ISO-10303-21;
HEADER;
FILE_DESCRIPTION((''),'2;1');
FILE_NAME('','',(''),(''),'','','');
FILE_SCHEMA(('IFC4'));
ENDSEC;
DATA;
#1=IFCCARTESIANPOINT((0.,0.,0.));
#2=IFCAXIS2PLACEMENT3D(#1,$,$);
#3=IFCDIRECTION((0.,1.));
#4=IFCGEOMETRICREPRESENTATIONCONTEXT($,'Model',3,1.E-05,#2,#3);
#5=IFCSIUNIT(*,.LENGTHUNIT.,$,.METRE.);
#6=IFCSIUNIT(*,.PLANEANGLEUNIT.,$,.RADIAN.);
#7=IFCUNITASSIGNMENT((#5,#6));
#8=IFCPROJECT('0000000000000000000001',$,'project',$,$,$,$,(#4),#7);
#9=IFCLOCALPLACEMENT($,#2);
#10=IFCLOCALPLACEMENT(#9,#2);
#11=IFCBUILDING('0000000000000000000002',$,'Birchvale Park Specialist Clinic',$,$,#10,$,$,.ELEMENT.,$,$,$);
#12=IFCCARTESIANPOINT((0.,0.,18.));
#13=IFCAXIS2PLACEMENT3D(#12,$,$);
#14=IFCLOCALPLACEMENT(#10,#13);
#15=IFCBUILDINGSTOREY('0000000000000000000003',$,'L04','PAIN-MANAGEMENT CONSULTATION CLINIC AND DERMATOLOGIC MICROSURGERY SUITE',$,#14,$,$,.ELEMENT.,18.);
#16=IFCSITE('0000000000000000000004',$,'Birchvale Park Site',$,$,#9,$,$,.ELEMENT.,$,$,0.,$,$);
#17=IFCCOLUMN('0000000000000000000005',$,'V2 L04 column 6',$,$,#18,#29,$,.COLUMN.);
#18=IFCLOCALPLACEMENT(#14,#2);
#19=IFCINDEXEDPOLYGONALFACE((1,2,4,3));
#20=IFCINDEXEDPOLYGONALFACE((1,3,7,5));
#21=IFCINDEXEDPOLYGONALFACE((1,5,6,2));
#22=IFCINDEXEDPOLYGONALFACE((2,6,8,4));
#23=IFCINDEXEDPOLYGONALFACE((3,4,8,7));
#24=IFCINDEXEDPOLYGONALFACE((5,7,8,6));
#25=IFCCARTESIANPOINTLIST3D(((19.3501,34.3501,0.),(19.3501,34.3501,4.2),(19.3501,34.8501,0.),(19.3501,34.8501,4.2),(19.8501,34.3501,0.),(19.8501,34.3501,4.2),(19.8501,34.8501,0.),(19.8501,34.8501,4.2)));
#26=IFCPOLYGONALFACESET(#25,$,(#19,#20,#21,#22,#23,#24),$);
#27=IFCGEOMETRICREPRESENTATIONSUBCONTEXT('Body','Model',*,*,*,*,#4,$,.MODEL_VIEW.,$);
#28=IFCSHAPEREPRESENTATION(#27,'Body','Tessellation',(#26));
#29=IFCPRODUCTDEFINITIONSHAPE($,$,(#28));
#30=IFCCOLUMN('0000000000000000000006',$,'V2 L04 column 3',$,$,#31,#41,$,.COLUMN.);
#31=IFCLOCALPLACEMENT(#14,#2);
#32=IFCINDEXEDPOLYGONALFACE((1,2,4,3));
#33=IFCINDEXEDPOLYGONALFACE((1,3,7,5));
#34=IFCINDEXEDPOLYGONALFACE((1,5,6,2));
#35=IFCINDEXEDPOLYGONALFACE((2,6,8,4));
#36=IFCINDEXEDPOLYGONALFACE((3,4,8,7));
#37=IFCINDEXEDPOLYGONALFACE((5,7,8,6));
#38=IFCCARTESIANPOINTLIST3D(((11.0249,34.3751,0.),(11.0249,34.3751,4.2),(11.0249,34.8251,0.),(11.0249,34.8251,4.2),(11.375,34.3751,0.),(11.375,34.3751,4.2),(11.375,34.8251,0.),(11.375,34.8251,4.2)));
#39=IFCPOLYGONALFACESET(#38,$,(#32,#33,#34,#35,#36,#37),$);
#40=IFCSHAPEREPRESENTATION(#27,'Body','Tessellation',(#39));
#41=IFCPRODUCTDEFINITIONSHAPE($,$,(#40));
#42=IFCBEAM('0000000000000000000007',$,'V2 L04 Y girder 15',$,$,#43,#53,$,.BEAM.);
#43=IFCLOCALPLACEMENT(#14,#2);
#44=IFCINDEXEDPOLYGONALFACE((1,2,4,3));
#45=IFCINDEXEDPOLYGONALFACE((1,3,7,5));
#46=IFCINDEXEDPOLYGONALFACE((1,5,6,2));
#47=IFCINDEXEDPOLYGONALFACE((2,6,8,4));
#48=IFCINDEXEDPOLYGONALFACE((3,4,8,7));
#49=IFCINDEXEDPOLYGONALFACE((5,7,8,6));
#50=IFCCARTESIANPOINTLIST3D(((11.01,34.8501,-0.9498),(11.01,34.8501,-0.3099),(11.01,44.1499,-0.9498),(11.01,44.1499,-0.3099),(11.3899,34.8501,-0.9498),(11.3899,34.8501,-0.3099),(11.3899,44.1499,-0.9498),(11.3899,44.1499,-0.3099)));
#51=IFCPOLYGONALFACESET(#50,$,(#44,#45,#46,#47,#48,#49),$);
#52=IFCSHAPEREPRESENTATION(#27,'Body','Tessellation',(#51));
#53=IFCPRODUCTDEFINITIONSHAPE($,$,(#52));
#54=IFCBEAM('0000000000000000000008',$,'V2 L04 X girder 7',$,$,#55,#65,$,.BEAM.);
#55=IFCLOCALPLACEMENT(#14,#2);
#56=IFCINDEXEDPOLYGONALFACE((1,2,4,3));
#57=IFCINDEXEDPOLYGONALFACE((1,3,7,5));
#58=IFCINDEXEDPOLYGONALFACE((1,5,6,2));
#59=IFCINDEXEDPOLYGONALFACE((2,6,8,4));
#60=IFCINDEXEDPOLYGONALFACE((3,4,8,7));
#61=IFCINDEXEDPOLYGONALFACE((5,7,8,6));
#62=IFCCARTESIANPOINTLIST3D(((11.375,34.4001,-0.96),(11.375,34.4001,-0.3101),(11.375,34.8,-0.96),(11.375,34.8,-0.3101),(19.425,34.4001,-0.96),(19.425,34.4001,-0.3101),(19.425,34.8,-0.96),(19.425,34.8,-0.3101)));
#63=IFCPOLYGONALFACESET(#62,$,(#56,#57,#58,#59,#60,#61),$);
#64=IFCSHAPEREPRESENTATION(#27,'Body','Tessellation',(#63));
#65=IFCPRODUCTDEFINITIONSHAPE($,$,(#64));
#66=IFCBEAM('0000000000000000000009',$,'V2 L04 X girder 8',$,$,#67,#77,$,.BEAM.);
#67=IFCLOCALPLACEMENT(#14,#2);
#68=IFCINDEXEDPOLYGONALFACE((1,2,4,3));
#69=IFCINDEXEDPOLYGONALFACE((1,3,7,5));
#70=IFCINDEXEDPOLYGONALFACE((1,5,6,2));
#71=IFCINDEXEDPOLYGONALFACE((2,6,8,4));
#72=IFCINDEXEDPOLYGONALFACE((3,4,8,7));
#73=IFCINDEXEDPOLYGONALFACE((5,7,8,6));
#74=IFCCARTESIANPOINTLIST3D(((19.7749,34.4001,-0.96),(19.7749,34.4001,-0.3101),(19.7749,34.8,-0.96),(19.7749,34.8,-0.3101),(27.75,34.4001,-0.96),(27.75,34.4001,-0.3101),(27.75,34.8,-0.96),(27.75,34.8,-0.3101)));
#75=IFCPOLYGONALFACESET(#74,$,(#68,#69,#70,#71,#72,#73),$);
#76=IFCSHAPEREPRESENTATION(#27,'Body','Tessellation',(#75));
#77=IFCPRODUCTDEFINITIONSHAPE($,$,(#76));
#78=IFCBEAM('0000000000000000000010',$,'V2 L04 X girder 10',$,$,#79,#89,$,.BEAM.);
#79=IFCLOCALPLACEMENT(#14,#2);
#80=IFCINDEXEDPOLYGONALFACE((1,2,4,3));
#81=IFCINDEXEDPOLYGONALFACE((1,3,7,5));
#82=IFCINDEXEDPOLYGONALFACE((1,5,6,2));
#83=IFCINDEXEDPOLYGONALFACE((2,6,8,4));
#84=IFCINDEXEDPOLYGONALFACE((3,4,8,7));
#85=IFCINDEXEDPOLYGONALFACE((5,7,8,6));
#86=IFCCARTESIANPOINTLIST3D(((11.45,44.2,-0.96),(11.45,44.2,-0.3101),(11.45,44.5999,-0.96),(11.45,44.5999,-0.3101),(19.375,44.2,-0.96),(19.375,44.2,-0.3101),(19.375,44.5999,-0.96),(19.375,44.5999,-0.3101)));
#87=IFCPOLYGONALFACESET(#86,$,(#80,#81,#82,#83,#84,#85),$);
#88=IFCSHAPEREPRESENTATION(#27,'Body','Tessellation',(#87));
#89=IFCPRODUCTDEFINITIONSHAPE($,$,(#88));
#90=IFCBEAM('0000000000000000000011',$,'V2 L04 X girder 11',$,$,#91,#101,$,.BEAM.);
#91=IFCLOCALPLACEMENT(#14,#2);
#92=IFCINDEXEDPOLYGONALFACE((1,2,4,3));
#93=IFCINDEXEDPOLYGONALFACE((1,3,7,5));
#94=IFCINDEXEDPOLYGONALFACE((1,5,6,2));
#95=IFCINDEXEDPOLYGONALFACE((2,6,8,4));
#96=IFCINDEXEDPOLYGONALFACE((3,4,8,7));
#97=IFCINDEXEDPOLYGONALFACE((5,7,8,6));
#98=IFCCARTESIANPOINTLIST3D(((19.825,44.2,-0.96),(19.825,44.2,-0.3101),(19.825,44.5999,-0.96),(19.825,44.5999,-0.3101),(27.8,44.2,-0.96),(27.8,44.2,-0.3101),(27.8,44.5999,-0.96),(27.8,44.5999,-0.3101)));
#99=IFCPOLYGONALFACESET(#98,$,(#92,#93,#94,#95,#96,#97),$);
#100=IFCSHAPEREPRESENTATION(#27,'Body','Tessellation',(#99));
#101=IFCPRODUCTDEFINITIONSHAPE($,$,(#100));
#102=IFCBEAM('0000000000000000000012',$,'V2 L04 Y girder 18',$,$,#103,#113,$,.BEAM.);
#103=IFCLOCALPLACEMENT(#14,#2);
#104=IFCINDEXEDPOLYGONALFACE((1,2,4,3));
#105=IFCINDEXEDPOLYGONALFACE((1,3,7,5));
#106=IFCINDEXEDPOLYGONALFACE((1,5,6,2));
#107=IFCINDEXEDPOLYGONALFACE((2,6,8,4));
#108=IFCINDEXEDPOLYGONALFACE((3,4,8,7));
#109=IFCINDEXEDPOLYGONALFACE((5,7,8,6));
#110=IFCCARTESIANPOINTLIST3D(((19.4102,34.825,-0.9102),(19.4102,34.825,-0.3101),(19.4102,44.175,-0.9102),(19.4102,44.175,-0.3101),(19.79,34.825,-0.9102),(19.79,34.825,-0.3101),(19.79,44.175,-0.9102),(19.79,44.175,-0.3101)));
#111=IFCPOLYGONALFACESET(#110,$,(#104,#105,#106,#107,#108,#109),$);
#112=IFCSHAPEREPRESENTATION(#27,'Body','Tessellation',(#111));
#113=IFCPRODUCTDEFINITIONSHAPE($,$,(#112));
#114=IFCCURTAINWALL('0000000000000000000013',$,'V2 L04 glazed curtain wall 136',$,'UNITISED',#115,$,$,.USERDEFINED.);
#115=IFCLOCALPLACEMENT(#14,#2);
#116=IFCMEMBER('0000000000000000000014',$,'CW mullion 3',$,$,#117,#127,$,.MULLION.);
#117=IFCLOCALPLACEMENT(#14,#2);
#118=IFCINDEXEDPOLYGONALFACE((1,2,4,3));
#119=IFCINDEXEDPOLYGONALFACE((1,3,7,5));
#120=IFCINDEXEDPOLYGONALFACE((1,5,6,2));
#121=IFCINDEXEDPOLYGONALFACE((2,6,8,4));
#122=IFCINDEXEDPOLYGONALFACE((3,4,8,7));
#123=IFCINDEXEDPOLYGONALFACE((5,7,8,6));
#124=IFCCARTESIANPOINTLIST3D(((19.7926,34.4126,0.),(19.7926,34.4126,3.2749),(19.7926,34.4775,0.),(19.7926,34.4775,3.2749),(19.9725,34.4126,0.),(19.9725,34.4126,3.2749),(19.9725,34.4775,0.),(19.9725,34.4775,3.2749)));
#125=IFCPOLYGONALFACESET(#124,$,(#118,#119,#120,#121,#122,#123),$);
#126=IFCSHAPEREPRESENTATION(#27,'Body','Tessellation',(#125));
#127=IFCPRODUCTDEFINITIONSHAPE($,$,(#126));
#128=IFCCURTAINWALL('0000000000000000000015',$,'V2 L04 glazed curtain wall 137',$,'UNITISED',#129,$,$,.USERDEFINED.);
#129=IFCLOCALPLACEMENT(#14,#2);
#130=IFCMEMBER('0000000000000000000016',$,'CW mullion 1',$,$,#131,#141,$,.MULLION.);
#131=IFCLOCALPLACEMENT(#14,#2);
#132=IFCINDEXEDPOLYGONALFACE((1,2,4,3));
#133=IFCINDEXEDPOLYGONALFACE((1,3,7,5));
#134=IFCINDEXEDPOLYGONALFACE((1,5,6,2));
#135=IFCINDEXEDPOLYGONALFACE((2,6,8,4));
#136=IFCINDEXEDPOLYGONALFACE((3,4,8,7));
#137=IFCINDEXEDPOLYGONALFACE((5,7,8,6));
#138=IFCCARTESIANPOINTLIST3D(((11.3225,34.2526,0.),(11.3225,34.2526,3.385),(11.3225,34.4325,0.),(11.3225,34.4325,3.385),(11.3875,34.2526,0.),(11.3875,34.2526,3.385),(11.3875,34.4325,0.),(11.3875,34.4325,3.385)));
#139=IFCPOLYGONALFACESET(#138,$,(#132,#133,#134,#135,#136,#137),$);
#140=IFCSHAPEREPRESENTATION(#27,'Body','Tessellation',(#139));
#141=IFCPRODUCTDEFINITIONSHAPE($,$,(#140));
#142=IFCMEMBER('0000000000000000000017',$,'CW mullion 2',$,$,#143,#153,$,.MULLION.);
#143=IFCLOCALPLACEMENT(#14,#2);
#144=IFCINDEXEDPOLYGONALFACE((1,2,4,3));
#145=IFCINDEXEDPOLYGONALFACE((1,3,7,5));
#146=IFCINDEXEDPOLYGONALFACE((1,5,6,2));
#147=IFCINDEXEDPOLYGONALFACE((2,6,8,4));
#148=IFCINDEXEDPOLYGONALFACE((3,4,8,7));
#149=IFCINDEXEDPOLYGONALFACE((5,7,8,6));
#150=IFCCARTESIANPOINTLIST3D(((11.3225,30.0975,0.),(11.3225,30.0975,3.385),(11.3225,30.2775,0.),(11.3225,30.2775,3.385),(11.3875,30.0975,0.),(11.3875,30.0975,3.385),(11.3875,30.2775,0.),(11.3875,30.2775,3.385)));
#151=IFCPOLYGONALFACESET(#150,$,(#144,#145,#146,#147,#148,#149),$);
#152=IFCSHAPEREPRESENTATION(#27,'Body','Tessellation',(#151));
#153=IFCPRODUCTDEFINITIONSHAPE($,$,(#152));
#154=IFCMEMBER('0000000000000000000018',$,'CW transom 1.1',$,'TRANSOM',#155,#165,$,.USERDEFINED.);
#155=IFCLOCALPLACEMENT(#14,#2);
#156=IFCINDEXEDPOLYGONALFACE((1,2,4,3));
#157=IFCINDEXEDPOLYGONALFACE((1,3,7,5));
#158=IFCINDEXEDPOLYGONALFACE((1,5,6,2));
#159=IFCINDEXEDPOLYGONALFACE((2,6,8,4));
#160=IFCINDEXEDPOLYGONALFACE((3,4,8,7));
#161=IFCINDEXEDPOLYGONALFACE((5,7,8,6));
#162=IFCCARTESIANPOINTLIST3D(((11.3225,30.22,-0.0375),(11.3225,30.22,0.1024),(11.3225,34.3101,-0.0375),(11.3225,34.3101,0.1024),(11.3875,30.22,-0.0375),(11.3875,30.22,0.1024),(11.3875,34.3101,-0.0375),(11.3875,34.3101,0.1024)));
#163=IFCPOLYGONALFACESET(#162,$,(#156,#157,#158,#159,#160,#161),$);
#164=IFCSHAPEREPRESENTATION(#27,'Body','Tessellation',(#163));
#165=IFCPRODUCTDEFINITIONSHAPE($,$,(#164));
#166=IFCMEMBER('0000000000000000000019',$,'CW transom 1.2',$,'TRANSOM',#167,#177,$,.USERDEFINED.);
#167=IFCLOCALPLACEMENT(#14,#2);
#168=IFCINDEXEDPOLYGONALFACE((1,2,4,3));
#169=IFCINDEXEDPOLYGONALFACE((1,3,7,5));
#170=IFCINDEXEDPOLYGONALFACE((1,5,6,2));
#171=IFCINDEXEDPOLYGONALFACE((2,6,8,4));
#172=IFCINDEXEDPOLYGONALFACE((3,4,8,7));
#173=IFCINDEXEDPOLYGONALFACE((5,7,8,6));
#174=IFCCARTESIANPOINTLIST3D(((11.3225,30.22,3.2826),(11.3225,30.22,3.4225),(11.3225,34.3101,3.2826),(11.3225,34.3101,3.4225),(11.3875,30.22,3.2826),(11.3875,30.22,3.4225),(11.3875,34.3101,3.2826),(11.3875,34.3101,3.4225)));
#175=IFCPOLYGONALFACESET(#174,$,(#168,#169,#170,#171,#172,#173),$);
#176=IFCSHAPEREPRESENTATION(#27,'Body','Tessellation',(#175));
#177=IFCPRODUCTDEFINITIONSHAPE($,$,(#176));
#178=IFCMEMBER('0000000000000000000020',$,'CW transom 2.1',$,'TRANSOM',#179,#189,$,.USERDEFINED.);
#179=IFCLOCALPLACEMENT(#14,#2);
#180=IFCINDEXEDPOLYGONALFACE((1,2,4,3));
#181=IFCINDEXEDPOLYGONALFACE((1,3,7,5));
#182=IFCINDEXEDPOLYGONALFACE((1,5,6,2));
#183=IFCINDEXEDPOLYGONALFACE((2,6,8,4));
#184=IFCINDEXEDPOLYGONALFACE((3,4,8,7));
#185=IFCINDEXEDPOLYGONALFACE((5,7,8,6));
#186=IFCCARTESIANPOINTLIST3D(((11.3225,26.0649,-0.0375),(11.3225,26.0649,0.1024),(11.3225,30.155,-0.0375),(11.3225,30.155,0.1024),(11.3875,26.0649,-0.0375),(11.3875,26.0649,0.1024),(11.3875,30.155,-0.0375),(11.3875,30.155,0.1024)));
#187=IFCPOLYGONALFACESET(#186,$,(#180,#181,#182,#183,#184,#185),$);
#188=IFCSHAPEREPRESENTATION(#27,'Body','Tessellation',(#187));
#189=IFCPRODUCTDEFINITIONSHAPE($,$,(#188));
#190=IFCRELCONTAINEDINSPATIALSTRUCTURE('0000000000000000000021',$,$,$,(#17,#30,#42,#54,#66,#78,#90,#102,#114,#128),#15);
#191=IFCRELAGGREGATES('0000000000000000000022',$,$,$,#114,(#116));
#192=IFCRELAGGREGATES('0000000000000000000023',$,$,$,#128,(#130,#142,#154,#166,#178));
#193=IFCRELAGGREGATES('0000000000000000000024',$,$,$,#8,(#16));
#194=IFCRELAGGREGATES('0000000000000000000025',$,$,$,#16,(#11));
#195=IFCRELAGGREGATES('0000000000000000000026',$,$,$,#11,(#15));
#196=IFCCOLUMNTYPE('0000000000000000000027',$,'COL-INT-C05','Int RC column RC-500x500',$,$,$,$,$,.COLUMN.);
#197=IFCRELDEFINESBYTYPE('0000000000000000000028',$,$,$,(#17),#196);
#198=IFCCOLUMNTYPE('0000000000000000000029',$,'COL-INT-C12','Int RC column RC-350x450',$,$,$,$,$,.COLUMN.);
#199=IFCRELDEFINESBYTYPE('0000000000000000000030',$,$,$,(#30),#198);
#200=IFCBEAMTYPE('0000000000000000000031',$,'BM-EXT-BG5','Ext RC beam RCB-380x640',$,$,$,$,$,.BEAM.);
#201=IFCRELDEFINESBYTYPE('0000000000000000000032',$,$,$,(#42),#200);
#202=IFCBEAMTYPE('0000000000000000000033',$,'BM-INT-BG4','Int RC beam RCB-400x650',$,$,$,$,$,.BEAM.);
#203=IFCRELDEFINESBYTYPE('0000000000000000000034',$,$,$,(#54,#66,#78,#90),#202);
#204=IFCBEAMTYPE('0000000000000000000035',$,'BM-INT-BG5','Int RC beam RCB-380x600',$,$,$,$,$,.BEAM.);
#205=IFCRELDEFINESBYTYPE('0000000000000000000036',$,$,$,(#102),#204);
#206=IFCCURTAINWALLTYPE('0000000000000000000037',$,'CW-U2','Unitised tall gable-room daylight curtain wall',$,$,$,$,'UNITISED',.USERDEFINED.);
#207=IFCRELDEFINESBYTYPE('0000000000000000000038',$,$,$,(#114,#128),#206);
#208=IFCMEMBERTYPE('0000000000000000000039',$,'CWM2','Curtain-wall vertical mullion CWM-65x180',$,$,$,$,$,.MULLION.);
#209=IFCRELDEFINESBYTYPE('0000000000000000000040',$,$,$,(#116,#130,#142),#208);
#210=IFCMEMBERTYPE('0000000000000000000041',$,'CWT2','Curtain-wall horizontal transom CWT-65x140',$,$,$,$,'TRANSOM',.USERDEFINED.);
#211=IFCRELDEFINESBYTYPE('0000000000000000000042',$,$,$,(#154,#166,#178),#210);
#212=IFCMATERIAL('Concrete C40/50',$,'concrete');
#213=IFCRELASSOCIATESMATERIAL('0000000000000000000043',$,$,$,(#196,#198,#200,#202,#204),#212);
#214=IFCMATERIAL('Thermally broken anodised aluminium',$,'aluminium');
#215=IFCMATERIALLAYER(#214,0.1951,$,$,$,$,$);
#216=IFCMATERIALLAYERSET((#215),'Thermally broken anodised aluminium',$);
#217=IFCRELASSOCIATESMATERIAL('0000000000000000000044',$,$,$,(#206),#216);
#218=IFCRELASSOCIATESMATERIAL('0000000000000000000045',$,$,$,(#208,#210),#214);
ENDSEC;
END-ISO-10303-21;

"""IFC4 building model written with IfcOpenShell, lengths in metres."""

from ifc_helpers import new_model, si_unit, direction, frame, origin, origin_2d, place, context, subcontext, project, spatial, rectangle, extrude, material, layer, layer_set, material_profile, profile_set, type_object, element, aggregate, save


model = new_model("IFC4")

# Units and contexts
model_context = context("Model", 3, precision=1e-05, world=origin(), true_north=direction((0.0, 1.0)))
body_context = subcontext(model_context, "Body", "Model", "MODEL_VIEW")
ifc_project = project(units=[si_unit("LENGTHUNIT", "METRE"), si_unit("PLANEANGLEUNIT", "RADIAN")], contexts=[model_context])

# Site, building, storey
site_placement = place(None, origin())
site = spatial("IfcSite", under=ifc_project, at=site_placement, Name="Birchvale Park Site", CompositionType="ELEMENT", RefElevation=0.0)
building_placement = place(site_placement, origin())
building = spatial("IfcBuilding", under=site, at=building_placement, Name="Birchvale Park Specialist Clinic", CompositionType="ELEMENT")
storey_placement = place(building_placement, frame((0.0, 0.0, 18.0)))
storey = spatial("IfcBuildingStorey", under=building, at=storey_placement, Name="L04", Description="PAIN-MANAGEMENT CONSULTATION CLINIC AND DERMATOLOGIC MICROSURGERY SUITE", CompositionType="ELEMENT", Elevation=18.0)

# Columns
ifc_material_1 = material(Name="Concrete C40/50", Category="concrete")
ifc_material_profile_1 = material_profile(ifc_material_1, rectangle(XDim=0.5, YDim=0.5, at=origin_2d()), Name="RC-500x500")
ifc_profile_set_1 = profile_set([ifc_material_profile_1], Name="Concrete C40/50")
column_type_1 = type_object("IfcColumnType", Name="COL-INT-C05", Description="Int RC column RC-500x500", PredefinedType="COLUMN", material=ifc_profile_set_1)
column_1_placement = place(storey_placement, frame((19.6001, 34.6001, 0.0), z_axis=(0.0, 0.0, 1.0), x_axis=(1.0, 0.0, 0.0)))
element("IfcColumn", 1, at=column_1_placement, inside=storey, type_object=column_type_1, Name="V2 L04 column 6", PredefinedType="COLUMN", context=body_context, shape_type="SweptSolid", body=[
    extrude(rectangle(XDim=0.5, YDim=0.5, at=origin_2d()), origin(), (0.0, 0.0, 1.0), 4.2),
])
ifc_material_profile_2 = material_profile(ifc_material_1, rectangle(XDim=0.3501, YDim=0.45, at=origin_2d()), Name="RC-350x450")
ifc_profile_set_2 = profile_set([ifc_material_profile_2], Name="Concrete C40/50")
column_type_2 = type_object("IfcColumnType", Name="COL-INT-C12", Description="Int RC column RC-350x450", PredefinedType="COLUMN", material=ifc_profile_set_2)
column_2_placement = place(storey_placement, frame((11.2, 34.6001, 0.0), z_axis=(0.0, 0.0, 1.0), x_axis=(1.0, 0.0, 0.0)))
element("IfcColumn", 2, at=column_2_placement, inside=storey, type_object=column_type_2, Name="V2 L04 column 3", PredefinedType="COLUMN", context=body_context, shape_type="SweptSolid", body=[
    extrude(rectangle(XDim=0.3501, YDim=0.45, at=origin_2d()), origin(), (0.0, 0.0, 1.0), 4.2),
])

# Beams
ifc_material_profile_3 = material_profile(ifc_material_1, rectangle(XDim=0.3799, YDim=0.6399, at=origin_2d()), Name="RCB-380x640")
ifc_profile_set_3 = profile_set([ifc_material_profile_3], Name="Concrete C40/50")
beam_type_1 = type_object("IfcBeamType", Name="BM-EXT-BG5", Description="Ext RC beam RCB-380x640", PredefinedType="BEAM", material=ifc_profile_set_3)
beam_1_placement = place(storey_placement, frame((11.2, 34.8501, -0.6299), z_axis=(0.0, 1.0, 0.0), x_axis=(-1.0, 0.0, 0.0)))
element("IfcBeam", 3, at=beam_1_placement, inside=storey, type_object=beam_type_1, Name="V2 L04 Y girder 15", PredefinedType="BEAM", context=body_context, shape_type="SweptSolid", body=[
    extrude(rectangle(XDim=0.3799, YDim=0.6399, at=origin_2d()), origin(), (0.0, 0.0, 1.0), 9.2998),
])
ifc_material_profile_4 = material_profile(ifc_material_1, rectangle(XDim=0.3999, YDim=0.6499, at=origin_2d()), Name="RCB-400x650")
ifc_profile_set_4 = profile_set([ifc_material_profile_4], Name="Concrete C40/50")
beam_type_2 = type_object("IfcBeamType", Name="BM-INT-BG4", Description="Int RC beam RCB-400x650", PredefinedType="BEAM", material=ifc_profile_set_4)
beam_2_placement = place(storey_placement, frame((11.375, 34.6001, -0.635), z_axis=(1.0, 0.0, 0.0), x_axis=(0.0, 1.0, 0.0)))
element("IfcBeam", 4, at=beam_2_placement, inside=storey, type_object=beam_type_2, Name="V2 L04 X girder 7", PredefinedType="BEAM", context=body_context, shape_type="SweptSolid", body=[
    extrude(rectangle(XDim=0.3999, YDim=0.6499, at=origin_2d()), origin(), (0.0, 0.0, 1.0), 8.05),
])
beam_3_placement = place(storey_placement, frame((19.7749, 34.6001, -0.635), z_axis=(1.0, 0.0, 0.0), x_axis=(0.0, 1.0, 0.0)))
element("IfcBeam", 5, at=beam_3_placement, inside=storey, type_object=beam_type_2, Name="V2 L04 X girder 8", PredefinedType="BEAM", context=body_context, shape_type="SweptSolid", body=[
    extrude(rectangle(XDim=0.3999, YDim=0.6499, at=origin_2d()), origin(), (0.0, 0.0, 1.0), 7.9751),
])
beam_4_placement = place(storey_placement, frame((11.45, 44.3999, -0.635), z_axis=(1.0, 0.0, 0.0), x_axis=(0.0, 1.0, 0.0)))
element("IfcBeam", 6, at=beam_4_placement, inside=storey, type_object=beam_type_2, Name="V2 L04 X girder 10", PredefinedType="BEAM", context=body_context, shape_type="SweptSolid", body=[
    extrude(rectangle(XDim=0.3999, YDim=0.6499, at=origin_2d()), origin(), (0.0, 0.0, 1.0), 7.925),
])
beam_5_placement = place(storey_placement, frame((19.825, 44.3999, -0.635), z_axis=(1.0, 0.0, 0.0), x_axis=(0.0, 1.0, 0.0)))
element("IfcBeam", 7, at=beam_5_placement, inside=storey, type_object=beam_type_2, Name="V2 L04 X girder 11", PredefinedType="BEAM", context=body_context, shape_type="SweptSolid", body=[
    extrude(rectangle(XDim=0.3999, YDim=0.6499, at=origin_2d()), origin(), (0.0, 0.0, 1.0), 7.9751),
])
ifc_material_profile_5 = material_profile(ifc_material_1, rectangle(XDim=0.3799, YDim=0.6001, at=origin_2d()), Name="RCB-380x600")
ifc_profile_set_5 = profile_set([ifc_material_profile_5], Name="Concrete C40/50")
beam_type_3 = type_object("IfcBeamType", Name="BM-INT-BG5", Description="Int RC beam RCB-380x600", PredefinedType="BEAM", material=ifc_profile_set_5)
beam_6_placement = place(storey_placement, frame((19.6001, 34.825, -0.6101), z_axis=(0.0, 1.0, 0.0), x_axis=(-1.0, 0.0, 0.0)))
element("IfcBeam", 8, at=beam_6_placement, inside=storey, type_object=beam_type_3, Name="V2 L04 Y girder 18", PredefinedType="BEAM", context=body_context, shape_type="SweptSolid", body=[
    extrude(rectangle(XDim=0.3799, YDim=0.6001, at=origin_2d()), origin(), (0.0, 0.0, 1.0), 9.3501),
])

# Curtain wall, member
ifc_material_2 = material(Name="Thermally broken anodised aluminium", Category="aluminium")
ifc_layer_1 = layer(ifc_material_2, 0.1951)
ifc_layer_set_1 = layer_set([ifc_layer_1], Name="Thermally broken anodised aluminium")
curtain_wall_type = type_object("IfcCurtainWallType", Name="CW-U2", Description="Unitised tall gable-room daylight curtain wall", ElementType="UNITISED", PredefinedType="USERDEFINED", material=ifc_layer_set_1)
curtain_wall_1_placement = place(storey_placement, origin())
curtain_wall_1 = element("IfcCurtainWall", 9, at=curtain_wall_1_placement, inside=storey, type_object=curtain_wall_type, Name="V2 L04 glazed curtain wall 136", ObjectType="UNITISED", PredefinedType="USERDEFINED")
ifc_material_profile_6 = material_profile(ifc_material_2, rectangle(XDim=0.0649, YDim=0.1799, at=origin_2d()), Name="CWM-65x180")
ifc_profile_set_6 = profile_set([ifc_material_profile_6], Name="Thermally broken anodised aluminium")
member_type_1 = type_object("IfcMemberType", Name="CWM2", Description="Curtain-wall vertical mullion CWM-65x180", PredefinedType="MULLION", material=ifc_profile_set_6)
member_1_placement = place(storey_placement, frame((19.8826, 34.4451, 0.0), z_axis=(0.0, 0.0, 1.0), x_axis=(0.0, -1.0, 0.0)))
member_1 = element("IfcMember", 10, at=member_1_placement, type_object=member_type_1, Name="CW mullion 3", PredefinedType="MULLION", context=body_context, shape_type="SweptSolid", body=[
    extrude(rectangle(XDim=0.0649, YDim=0.1799, at=origin_2d()), origin(), (0.0, 0.0, 1.0), 3.2749),
])

# Curtain wall, members
curtain_wall_2_placement = place(storey_placement, origin())
curtain_wall_2 = element("IfcCurtainWall", 11, at=curtain_wall_2_placement, inside=storey, type_object=curtain_wall_type, Name="V2 L04 glazed curtain wall 137", ObjectType="UNITISED", PredefinedType="USERDEFINED")
member_2_placement = place(storey_placement, frame((11.355, 34.3425, 0.0), z_axis=(0.0, 0.0, 1.0), x_axis=(1.0, 0.0, 0.0)))
member_2 = element("IfcMember", 12, at=member_2_placement, type_object=member_type_1, Name="CW mullion 1", PredefinedType="MULLION", context=body_context, shape_type="SweptSolid", body=[
    extrude(rectangle(XDim=0.0649, YDim=0.1799, at=origin_2d()), origin(), (0.0, 0.0, 1.0), 3.385),
])
member_3_placement = place(storey_placement, frame((11.355, 30.1875, 0.0), z_axis=(0.0, 0.0, 1.0), x_axis=(1.0, 0.0, 0.0)))
member_3 = element("IfcMember", 13, at=member_3_placement, type_object=member_type_1, Name="CW mullion 2", PredefinedType="MULLION", context=body_context, shape_type="SweptSolid", body=[
    extrude(rectangle(XDim=0.0649, YDim=0.1799, at=origin_2d()), origin(), (0.0, 0.0, 1.0), 3.385),
])
ifc_material_profile_7 = material_profile(ifc_material_2, rectangle(XDim=0.0649, YDim=0.1399, at=origin_2d()), Name="CWT-65x140")
ifc_profile_set_7 = profile_set([ifc_material_profile_7], Name="Thermally broken anodised aluminium")
member_type_2 = type_object("IfcMemberType", Name="CWT2", Description="Curtain-wall horizontal transom CWT-65x140", ElementType="TRANSOM", PredefinedType="USERDEFINED", material=ifc_profile_set_7)
member_4_placement = place(storey_placement, frame((11.355, 34.3101, 0.0325), z_axis=(0.0, -1.0, 0.0), x_axis=(1.0, 0.0, 0.0)))
member_4 = element("IfcMember", 14, at=member_4_placement, type_object=member_type_2, Name="CW transom 1.1", ObjectType="TRANSOM", PredefinedType="USERDEFINED", context=body_context, shape_type="SweptSolid", body=[
    extrude(rectangle(XDim=0.0649, YDim=0.1399, at=origin_2d()), origin(), (0.0, 0.0, 1.0), 4.0901),
])
member_5_placement = place(storey_placement, frame((11.355, 34.3101, 3.3525), z_axis=(0.0, -1.0, 0.0), x_axis=(1.0, 0.0, 0.0)))
member_5 = element("IfcMember", 15, at=member_5_placement, type_object=member_type_2, Name="CW transom 1.2", ObjectType="TRANSOM", PredefinedType="USERDEFINED", context=body_context, shape_type="SweptSolid", body=[
    extrude(rectangle(XDim=0.0649, YDim=0.1399, at=origin_2d()), origin(), (0.0, 0.0, 1.0), 4.0901),
])
member_6_placement = place(storey_placement, frame((11.355, 30.155, 0.0325), z_axis=(0.0, -1.0, 0.0), x_axis=(1.0, 0.0, 0.0)))
member_6 = element("IfcMember", 16, at=member_6_placement, type_object=member_type_2, Name="CW transom 2.1", ObjectType="TRANSOM", PredefinedType="USERDEFINED", context=body_context, shape_type="SweptSolid", body=[
    extrude(rectangle(XDim=0.0649, YDim=0.1399, at=origin_2d()), origin(), (0.0, 0.0, 1.0), 4.0901),
])

aggregate(curtain_wall_1, [member_1])
aggregate(curtain_wall_2, [member_2, member_3, member_4, member_5, member_6])

save(model, "model.ifc")
